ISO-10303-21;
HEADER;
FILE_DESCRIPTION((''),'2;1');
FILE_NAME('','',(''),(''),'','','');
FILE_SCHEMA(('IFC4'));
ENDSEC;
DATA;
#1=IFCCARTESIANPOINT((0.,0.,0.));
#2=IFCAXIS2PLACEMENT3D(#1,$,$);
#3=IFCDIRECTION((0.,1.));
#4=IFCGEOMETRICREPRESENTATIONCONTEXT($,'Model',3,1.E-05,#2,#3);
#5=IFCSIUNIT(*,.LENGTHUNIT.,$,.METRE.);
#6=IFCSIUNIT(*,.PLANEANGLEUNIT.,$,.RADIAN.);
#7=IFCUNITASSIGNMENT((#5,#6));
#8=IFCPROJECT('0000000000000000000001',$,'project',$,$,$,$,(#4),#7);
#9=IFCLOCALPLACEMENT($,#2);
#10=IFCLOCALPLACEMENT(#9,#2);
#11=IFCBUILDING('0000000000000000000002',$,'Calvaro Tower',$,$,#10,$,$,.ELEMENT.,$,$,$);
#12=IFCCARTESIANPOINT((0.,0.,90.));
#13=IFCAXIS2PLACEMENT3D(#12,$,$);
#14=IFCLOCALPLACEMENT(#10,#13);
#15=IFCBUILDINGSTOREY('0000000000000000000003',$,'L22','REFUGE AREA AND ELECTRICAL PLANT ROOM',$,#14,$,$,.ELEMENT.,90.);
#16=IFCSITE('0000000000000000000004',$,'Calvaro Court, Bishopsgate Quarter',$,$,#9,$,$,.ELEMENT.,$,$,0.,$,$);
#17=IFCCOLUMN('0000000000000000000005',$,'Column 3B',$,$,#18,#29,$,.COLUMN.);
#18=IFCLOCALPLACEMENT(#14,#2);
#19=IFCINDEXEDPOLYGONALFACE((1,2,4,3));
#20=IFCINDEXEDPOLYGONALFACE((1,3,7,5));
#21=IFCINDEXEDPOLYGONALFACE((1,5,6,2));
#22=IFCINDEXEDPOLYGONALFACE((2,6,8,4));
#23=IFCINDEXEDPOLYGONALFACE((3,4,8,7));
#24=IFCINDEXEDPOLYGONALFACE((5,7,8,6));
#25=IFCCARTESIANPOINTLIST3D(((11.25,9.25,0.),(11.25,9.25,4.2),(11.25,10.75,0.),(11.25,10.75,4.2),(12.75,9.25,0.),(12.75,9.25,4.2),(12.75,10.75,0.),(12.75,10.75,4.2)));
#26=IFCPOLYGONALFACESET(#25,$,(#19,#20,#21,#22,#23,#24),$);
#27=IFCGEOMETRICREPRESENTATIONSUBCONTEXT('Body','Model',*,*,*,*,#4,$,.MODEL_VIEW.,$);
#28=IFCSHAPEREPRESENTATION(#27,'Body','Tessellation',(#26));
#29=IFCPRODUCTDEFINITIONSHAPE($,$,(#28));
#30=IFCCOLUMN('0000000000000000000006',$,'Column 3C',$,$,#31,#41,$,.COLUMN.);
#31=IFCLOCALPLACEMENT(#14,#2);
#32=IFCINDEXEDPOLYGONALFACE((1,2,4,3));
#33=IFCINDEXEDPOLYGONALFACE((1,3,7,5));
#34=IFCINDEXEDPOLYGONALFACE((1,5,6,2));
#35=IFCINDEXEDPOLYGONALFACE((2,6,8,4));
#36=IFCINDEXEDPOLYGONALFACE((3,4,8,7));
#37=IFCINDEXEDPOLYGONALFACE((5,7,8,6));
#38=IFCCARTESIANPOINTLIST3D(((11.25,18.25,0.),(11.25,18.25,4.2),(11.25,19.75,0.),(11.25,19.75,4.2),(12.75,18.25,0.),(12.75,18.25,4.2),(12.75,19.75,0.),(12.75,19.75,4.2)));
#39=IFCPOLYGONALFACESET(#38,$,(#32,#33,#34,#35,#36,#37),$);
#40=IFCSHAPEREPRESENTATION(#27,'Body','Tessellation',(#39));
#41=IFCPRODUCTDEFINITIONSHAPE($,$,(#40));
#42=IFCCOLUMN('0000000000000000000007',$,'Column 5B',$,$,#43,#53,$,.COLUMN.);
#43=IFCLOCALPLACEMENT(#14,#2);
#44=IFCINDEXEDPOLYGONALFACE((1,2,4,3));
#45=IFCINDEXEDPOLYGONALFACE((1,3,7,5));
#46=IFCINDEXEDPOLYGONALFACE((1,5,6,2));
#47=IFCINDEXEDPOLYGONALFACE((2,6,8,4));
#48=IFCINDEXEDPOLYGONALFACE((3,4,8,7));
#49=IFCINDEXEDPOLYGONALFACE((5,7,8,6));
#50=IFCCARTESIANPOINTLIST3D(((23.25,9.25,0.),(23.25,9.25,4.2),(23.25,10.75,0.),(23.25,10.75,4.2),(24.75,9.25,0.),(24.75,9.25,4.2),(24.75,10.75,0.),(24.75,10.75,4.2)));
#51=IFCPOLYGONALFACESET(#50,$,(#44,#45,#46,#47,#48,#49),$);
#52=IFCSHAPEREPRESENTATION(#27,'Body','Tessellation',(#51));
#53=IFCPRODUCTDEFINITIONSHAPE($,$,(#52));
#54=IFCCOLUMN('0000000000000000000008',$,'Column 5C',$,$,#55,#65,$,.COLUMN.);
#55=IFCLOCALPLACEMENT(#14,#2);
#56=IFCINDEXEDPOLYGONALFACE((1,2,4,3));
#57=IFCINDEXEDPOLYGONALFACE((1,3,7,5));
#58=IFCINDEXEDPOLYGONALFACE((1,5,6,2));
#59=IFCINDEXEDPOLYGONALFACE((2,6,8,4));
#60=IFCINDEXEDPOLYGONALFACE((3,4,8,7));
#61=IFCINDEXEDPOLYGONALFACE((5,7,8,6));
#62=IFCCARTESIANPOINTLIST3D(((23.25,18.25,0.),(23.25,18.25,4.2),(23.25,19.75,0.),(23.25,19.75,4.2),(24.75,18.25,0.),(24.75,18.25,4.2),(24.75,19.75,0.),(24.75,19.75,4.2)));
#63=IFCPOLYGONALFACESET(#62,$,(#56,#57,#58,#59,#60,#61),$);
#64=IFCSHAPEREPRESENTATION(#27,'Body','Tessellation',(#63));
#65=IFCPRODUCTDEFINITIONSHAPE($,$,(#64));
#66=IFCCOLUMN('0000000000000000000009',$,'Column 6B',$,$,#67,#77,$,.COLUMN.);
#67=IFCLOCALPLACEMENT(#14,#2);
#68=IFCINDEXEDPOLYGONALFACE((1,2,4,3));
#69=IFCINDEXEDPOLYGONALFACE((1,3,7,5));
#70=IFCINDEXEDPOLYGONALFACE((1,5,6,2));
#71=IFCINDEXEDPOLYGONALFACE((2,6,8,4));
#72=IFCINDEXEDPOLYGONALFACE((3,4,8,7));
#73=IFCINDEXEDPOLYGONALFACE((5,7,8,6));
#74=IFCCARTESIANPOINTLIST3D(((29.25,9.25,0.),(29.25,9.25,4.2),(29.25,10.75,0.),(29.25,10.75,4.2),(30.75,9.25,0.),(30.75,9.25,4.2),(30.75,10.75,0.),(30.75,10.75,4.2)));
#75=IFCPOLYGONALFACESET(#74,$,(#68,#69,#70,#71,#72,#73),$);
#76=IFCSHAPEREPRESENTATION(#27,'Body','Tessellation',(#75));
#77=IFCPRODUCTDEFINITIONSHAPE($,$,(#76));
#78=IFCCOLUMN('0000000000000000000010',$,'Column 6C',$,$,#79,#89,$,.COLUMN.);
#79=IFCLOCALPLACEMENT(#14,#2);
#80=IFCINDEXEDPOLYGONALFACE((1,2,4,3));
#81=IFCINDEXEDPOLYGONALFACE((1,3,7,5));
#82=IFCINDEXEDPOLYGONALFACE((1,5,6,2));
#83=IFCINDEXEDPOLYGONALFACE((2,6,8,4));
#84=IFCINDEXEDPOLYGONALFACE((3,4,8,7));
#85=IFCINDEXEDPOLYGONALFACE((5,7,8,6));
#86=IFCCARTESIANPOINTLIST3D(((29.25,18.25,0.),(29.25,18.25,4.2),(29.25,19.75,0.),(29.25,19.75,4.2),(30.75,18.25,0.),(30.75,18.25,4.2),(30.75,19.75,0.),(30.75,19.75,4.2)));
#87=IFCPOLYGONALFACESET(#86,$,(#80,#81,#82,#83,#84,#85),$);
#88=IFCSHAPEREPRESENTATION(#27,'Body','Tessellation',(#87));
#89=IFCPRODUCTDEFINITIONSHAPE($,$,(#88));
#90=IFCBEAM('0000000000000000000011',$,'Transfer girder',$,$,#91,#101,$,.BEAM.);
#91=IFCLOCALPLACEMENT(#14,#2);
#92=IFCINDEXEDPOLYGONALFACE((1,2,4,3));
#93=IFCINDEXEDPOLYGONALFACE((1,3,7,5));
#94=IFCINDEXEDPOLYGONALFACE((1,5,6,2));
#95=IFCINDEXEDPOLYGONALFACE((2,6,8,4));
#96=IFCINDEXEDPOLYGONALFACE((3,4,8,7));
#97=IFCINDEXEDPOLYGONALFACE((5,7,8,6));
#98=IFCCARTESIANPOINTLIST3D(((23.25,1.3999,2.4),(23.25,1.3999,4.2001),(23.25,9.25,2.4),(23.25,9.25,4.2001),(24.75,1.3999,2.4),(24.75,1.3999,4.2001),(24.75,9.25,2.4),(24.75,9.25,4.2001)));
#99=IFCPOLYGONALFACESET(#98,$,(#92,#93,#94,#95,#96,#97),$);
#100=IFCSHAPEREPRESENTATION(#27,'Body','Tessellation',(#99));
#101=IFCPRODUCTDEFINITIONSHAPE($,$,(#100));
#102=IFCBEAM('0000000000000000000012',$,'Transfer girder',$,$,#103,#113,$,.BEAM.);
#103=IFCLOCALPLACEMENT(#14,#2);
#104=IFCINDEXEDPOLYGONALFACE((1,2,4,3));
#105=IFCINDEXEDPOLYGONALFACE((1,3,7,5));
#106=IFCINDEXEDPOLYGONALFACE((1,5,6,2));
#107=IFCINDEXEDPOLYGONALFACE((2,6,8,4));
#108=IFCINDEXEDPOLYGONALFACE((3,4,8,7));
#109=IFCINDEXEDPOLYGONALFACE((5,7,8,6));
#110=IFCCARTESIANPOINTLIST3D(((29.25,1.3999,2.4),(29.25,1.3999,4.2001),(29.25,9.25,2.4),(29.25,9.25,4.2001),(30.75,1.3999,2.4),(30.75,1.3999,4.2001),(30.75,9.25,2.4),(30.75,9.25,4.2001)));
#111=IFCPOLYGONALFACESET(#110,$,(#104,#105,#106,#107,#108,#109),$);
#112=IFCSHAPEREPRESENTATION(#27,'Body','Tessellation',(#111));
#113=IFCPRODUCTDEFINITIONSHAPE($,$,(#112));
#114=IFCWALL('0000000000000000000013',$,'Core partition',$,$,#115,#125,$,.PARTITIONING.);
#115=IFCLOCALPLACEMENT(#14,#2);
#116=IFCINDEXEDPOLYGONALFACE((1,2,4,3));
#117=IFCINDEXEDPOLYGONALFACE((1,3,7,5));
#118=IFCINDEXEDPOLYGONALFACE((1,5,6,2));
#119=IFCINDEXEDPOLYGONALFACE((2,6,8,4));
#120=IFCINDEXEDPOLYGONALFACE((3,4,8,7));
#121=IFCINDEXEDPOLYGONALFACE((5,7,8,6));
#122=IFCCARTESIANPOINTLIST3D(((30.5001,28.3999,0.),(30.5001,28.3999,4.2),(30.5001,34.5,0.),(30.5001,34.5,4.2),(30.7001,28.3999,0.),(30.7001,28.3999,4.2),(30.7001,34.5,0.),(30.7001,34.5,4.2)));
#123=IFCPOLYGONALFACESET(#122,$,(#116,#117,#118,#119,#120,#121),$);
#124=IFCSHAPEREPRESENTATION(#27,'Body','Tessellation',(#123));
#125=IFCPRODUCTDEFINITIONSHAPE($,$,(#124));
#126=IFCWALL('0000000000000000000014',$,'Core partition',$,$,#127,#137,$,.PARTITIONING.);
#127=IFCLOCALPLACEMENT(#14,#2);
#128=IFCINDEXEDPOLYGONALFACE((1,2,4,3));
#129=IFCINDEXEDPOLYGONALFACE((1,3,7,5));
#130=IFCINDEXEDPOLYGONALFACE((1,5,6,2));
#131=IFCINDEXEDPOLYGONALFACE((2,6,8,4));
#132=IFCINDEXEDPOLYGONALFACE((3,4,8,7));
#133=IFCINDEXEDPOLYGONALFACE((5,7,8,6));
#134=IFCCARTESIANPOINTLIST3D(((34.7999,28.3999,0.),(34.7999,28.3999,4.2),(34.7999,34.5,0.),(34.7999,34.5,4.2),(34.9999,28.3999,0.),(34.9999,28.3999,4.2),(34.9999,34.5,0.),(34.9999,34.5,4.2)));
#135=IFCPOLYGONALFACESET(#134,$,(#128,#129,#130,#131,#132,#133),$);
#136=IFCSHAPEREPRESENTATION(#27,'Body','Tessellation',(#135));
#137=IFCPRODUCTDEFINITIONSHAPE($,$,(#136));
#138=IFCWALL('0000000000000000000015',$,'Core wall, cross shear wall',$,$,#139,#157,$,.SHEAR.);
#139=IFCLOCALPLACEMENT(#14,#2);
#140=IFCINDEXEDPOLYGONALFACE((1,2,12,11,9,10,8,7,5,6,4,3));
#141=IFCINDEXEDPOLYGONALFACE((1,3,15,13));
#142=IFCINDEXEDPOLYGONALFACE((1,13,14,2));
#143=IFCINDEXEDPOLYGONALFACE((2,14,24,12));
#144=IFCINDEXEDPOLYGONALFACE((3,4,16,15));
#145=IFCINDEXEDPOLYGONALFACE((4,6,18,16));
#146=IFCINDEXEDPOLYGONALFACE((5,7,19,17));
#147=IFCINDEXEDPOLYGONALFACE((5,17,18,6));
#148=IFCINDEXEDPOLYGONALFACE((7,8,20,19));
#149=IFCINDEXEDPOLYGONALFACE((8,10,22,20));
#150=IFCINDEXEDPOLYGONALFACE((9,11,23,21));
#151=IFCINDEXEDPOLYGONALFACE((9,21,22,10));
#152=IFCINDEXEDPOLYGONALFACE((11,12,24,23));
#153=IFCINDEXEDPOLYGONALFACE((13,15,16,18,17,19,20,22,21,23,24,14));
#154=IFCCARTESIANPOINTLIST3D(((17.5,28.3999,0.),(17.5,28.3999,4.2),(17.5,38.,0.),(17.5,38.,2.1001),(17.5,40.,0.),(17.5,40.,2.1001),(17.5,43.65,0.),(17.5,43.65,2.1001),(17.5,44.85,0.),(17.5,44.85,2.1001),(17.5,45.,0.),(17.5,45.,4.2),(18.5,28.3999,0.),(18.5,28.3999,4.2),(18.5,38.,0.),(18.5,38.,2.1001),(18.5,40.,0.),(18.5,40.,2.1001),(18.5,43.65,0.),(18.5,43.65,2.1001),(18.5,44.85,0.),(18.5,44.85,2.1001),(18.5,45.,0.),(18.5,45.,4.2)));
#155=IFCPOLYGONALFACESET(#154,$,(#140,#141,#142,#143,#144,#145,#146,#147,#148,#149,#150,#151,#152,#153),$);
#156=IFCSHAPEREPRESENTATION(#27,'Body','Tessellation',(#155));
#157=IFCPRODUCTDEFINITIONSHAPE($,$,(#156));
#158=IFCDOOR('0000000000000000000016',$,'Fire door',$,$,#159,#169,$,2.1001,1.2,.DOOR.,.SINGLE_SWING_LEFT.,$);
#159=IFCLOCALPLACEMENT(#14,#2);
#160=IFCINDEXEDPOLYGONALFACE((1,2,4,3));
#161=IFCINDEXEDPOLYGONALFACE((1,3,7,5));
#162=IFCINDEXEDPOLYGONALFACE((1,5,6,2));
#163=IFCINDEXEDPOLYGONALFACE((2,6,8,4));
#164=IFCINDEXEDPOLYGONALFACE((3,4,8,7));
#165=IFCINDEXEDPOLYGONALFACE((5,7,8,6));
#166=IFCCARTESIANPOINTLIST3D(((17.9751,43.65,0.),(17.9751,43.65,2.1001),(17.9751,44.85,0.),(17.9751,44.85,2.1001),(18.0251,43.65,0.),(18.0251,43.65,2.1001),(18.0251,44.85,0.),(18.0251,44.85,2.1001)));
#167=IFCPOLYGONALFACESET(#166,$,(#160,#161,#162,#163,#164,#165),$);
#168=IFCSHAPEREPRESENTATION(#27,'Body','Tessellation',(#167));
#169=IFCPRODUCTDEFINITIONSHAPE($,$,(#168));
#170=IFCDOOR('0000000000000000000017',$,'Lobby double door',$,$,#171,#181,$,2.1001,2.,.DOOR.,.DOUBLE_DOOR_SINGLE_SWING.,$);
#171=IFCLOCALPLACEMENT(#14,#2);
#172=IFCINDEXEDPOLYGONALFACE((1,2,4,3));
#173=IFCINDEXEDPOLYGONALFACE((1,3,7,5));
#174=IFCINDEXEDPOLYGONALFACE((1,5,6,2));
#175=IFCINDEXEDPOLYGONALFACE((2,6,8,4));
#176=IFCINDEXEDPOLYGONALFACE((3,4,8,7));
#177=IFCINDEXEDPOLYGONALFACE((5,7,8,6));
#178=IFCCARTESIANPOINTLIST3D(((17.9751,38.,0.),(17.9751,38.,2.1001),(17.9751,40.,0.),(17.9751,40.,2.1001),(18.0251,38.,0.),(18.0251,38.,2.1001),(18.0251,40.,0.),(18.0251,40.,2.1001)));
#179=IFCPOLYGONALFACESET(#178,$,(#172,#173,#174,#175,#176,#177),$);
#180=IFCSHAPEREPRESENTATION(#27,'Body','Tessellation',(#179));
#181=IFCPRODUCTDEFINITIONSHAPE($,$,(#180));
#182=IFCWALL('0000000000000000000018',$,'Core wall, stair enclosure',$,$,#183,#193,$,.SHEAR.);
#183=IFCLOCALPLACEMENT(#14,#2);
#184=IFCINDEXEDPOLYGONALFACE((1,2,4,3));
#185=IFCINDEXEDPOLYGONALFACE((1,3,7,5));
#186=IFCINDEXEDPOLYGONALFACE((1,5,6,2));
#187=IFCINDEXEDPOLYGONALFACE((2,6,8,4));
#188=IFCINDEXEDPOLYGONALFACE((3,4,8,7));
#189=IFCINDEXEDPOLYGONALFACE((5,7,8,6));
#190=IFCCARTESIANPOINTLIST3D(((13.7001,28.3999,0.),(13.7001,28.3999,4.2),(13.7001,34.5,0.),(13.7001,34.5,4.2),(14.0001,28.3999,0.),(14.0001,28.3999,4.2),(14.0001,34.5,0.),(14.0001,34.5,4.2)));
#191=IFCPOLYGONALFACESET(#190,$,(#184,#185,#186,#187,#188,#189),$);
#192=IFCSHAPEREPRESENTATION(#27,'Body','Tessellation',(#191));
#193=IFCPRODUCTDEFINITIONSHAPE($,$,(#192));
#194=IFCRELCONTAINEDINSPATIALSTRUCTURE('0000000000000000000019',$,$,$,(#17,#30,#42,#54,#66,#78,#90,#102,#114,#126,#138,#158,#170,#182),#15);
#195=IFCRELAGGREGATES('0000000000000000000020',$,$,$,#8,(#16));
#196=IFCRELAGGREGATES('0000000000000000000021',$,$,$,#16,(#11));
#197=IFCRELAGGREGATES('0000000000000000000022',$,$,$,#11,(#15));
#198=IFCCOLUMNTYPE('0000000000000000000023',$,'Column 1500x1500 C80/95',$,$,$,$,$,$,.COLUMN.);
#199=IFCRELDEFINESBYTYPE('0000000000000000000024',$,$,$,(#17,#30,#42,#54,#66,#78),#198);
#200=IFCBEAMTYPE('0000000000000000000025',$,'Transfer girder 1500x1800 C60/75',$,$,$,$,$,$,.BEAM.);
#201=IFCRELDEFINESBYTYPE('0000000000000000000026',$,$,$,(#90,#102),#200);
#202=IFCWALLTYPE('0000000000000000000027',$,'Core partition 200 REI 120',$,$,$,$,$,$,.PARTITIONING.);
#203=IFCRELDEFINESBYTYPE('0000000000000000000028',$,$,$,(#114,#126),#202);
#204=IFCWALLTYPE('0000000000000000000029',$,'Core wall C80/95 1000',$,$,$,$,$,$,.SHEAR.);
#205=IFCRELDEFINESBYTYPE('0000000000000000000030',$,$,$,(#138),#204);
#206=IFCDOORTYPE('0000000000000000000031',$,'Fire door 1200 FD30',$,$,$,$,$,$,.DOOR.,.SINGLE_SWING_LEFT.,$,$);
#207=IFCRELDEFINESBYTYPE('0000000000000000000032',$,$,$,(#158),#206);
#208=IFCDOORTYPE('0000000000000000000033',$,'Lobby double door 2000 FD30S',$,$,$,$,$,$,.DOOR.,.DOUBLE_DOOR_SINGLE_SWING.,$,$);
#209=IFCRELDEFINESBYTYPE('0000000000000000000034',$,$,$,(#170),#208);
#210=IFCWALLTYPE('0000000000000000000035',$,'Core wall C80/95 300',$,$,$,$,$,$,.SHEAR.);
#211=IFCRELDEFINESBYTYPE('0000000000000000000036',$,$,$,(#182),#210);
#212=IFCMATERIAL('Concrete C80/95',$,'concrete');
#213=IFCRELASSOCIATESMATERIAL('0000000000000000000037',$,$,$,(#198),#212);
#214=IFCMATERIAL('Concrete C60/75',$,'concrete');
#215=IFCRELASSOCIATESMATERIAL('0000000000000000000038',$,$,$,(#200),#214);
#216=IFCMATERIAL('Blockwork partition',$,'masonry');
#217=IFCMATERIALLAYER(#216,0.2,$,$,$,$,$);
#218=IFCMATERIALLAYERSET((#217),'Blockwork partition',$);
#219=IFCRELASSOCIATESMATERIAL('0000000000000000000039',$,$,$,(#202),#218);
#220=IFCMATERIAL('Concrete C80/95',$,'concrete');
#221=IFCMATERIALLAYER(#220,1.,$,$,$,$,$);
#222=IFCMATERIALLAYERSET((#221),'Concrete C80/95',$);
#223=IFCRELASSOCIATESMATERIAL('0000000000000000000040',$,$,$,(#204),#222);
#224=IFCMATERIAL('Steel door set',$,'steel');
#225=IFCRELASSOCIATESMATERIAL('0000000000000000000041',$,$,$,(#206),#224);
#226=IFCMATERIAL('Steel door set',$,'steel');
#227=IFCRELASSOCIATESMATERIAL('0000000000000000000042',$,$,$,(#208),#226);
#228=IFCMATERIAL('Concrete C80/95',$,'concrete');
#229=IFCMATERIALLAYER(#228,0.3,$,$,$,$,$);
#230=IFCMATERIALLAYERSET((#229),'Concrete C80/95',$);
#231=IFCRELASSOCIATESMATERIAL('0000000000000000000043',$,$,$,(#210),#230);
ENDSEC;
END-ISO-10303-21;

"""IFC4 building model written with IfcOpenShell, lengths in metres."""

from ifc_helpers import new_model, si_unit, direction, frame, frame_2d, origin, origin_2d, place, context, subcontext, project, spatial, rectangle, extrude, material, layer, layer_set, material_profile, profile_set, type_object, element, fill, save


model = new_model("IFC4")

# Units and contexts
model_context = context("Model", 3, precision=1e-05, world=origin(), true_north=direction((0.0, 1.0)))
body_context = subcontext(model_context, "Body", "Model", "MODEL_VIEW")
ifc_project = project(units=[si_unit("LENGTHUNIT", "METRE"), si_unit("PLANEANGLEUNIT", "RADIAN")], contexts=[model_context])

# Site, building, storey
site_placement = place(None, origin())
site = spatial("IfcSite", under=ifc_project, at=site_placement, Name="Calvaro Court, Bishopsgate Quarter", CompositionType="ELEMENT", RefElevation=0.0)
building_placement = place(site_placement, origin())
building = spatial("IfcBuilding", under=site, at=building_placement, Name="Calvaro Tower", CompositionType="ELEMENT")
storey_placement = place(building_placement, frame((0.0, 0.0, 90.0)))
storey = spatial("IfcBuildingStorey", under=building, at=storey_placement, Name="L22", Description="REFUGE AREA AND ELECTRICAL PLANT ROOM", CompositionType="ELEMENT", Elevation=90.0)

# Columns
ifc_material_1 = material(Name="Concrete C80/95", Category="concrete")
ifc_material_profile_1 = material_profile(ifc_material_1, rectangle(XDim=1.5, YDim=1.5, at=origin_2d()), Name="RC 1500x1500")
ifc_profile_set_1 = profile_set([ifc_material_profile_1], Name="Concrete C80/95")
column_type = type_object("IfcColumnType", Name="Column 1500x1500 C80/95", PredefinedType="COLUMN", material=ifc_profile_set_1)
for number, where, z_axis, x_axis, name in (
    (1, (12.0, 10.0, 0.0), (0.0, 0.0, 1.0), (1.0, 0.0, 0.0), "Column 3B"),
    (2, (12.0, 19.0, 0.0), (0.0, 0.0, 1.0), (1.0, 0.0, 0.0), "Column 3C"),
    (3, (24.0, 10.0, 0.0), (0.0, 0.0, 1.0), (1.0, 0.0, 0.0), "Column 5B"),
    (4, (24.0, 19.0, 0.0), (0.0, 0.0, 1.0), (1.0, 0.0, 0.0), "Column 5C"),
    (5, (30.0, 10.0, 0.0), (0.0, 0.0, 1.0), (1.0, 0.0, 0.0), "Column 6B"),
    (6, (30.0, 19.0, 0.0), (0.0, 0.0, 1.0), (1.0, 0.0, 0.0), "Column 6C"),
):
    element("IfcColumn", number, at=place(storey_placement, frame(where, z_axis=z_axis, x_axis=x_axis)), inside=storey, type_object=column_type, Name=name, PredefinedType="COLUMN", context=body_context, shape_type="SweptSolid", body=[
        extrude(rectangle(XDim=1.5, YDim=1.5, at=origin_2d()), origin(), (0.0, 0.0, 1.0), 4.2),
    ])

# Beams
ifc_material_2 = material(Name="Concrete C60/75", Category="concrete")
ifc_material_profile_2 = material_profile(ifc_material_2, rectangle(XDim=1.5, YDim=1.8, at=origin_2d()), Name="RC 1500x1800")
ifc_profile_set_2 = profile_set([ifc_material_profile_2], Name="Concrete C60/75")
beam_type = type_object("IfcBeamType", Name="Transfer girder 1500x1800 C60/75", PredefinedType="BEAM", material=ifc_profile_set_2)
for number, where, z_axis, x_axis, name in (
    (7, (24.0, 1.3999, 3.3), (0.0, 1.0, 0.0), (-1.0, 0.0, 0.0), "Transfer girder"),
    (8, (30.0, 1.3999, 3.3), (0.0, 1.0, 0.0), (-1.0, 0.0, 0.0), "Transfer girder"),
):
    element("IfcBeam", number, at=place(storey_placement, frame(where, z_axis=z_axis, x_axis=x_axis)), inside=storey, type_object=beam_type, Name=name, PredefinedType="BEAM", context=body_context, shape_type="SweptSolid", body=[
        extrude(rectangle(XDim=1.5, YDim=1.8, at=origin_2d()), origin(), (0.0, 0.0, 1.0), 7.8501),
    ])

# Walls
ifc_material_3 = material(Name="Blockwork partition", Category="masonry")
ifc_layer_1 = layer(ifc_material_3, 0.2)
ifc_layer_set_1 = layer_set([ifc_layer_1], Name="Blockwork partition")
wall_type_1 = type_object("IfcWallType", Name="Core partition 200 REI 120", PredefinedType="PARTITIONING", material=ifc_layer_set_1)
for number, where, z_axis, x_axis, name in (
    (9, (30.6001, 28.3999, 0.0), (0.0, 0.0, 1.0), (0.0, 1.0, 0.0), "Core partition"),
    (10, (34.8999, 28.3999, 0.0), (0.0, 0.0, 1.0), (0.0, 1.0, 0.0), "Core partition"),
):
    element("IfcWall", number, at=place(storey_placement, frame(where, z_axis=z_axis, x_axis=x_axis)), inside=storey, type_object=wall_type_1, Name=name, PredefinedType="PARTITIONING", context=body_context, shape_type="SweptSolid", body=[
        extrude(rectangle(XDim=6.1001, YDim=0.2, at=frame_2d((3.05, 0.0))), origin(), (0.0, 0.0, 1.0), 4.2),
    ])

# Wall, openings, doors
ifc_material_4 = material(Name="Concrete C80/95", Category="concrete")
ifc_layer_2 = layer(ifc_material_4, 1.0)
ifc_layer_set_2 = layer_set([ifc_layer_2], Name="Concrete C80/95")
wall_type_2 = type_object("IfcWallType", Name="Core wall C80/95 1000", PredefinedType="SHEAR", material=ifc_layer_set_2)
wall_1_placement = place(storey_placement, frame((18.0, 28.3999, 0.0), z_axis=(0.0, 0.0, 1.0), x_axis=(0.0, 1.0, 0.0)))
wall_1 = element("IfcWall", 11, at=wall_1_placement, inside=storey, type_object=wall_type_2, Name="Core wall, cross shear wall", PredefinedType="SHEAR", context=body_context, shape_type="SweptSolid", body=[
    extrude(rectangle(XDim=16.6001, YDim=1.0, at=frame_2d((8.3, 0.0))), origin(), (0.0, 0.0, 1.0), 4.2),
])
opening_1_placement = place(wall_1_placement, frame((9.6001, 0.0, 0.0)))
opening_1 = element("IfcOpeningElement", 12, at=opening_1_placement, cuts=wall_1, PredefinedType="OPENING", context=body_context, shape_type="SweptSolid", body=[
    extrude(rectangle(XDim=2.0, YDim=2.1001, at=frame_2d((1.0, 1.05))), frame((0.0, 0.51, 0.0), z_axis=(0.0, -1.0, 0.0), x_axis=(1.0, 0.0, 0.0)), (0.0, 0.0, 1.0), 1.02),
])
opening_2_placement = place(wall_1_placement, frame((15.25, 0.0, 0.0)))
opening_2 = element("IfcOpeningElement", 13, at=opening_2_placement, cuts=wall_1, PredefinedType="OPENING", context=body_context, shape_type="SweptSolid", body=[
    extrude(rectangle(XDim=1.2, YDim=2.1001, at=frame_2d((0.6001, 1.05))), frame((0.0, 0.51, 0.0), z_axis=(0.0, -1.0, 0.0), x_axis=(1.0, 0.0, 0.0)), (0.0, 0.0, 1.0), 1.02),
])
ifc_material_5 = material(Name="Steel door set", Category="steel")
door_type_1 = type_object("IfcDoorType", Name="Fire door 1200 FD30", OperationType="SINGLE_SWING_LEFT", PredefinedType="DOOR", material=ifc_material_5)
door_1_placement = place(opening_2_placement, origin())
door_1 = element("IfcDoor", 14, at=door_1_placement, inside=storey, type_object=door_type_1, Name="Fire door", OperationType="SINGLE_SWING_LEFT", OverallHeight=2.1001, OverallWidth=1.2, PredefinedType="DOOR", context=body_context, shape_type="SweptSolid", body=[
    extrude(rectangle(XDim=1.2, YDim=2.1001, at=frame_2d((0.6001, 1.05))), frame((0.0, 0.0249, 0.0), z_axis=(0.0, -1.0, 0.0), x_axis=(1.0, 0.0, 0.0)), (0.0, 0.0, 1.0), 0.05),
])
fill(opening_2, door_1)
ifc_material_6 = material(Name="Steel door set", Category="steel")
door_type_2 = type_object("IfcDoorType", Name="Lobby double door 2000 FD30S", OperationType="DOUBLE_DOOR_SINGLE_SWING", PredefinedType="DOOR", material=ifc_material_6)
door_2_placement = place(opening_1_placement, origin())
door_2 = element("IfcDoor", 15, at=door_2_placement, inside=storey, type_object=door_type_2, Name="Lobby double door", OperationType="DOUBLE_DOOR_SINGLE_SWING", OverallHeight=2.1001, OverallWidth=2.0, PredefinedType="DOOR", context=body_context, shape_type="SweptSolid", body=[
    extrude(rectangle(XDim=2.0, YDim=2.1001, at=frame_2d((1.0, 1.05))), frame((0.0, 0.0249, 0.0), z_axis=(0.0, -1.0, 0.0), x_axis=(1.0, 0.0, 0.0)), (0.0, 0.0, 1.0), 0.05),
])
fill(opening_1, door_2)

# Wall
ifc_material_7 = material(Name="Concrete C80/95", Category="concrete")
ifc_layer_3 = layer(ifc_material_7, 0.3)
ifc_layer_set_3 = layer_set([ifc_layer_3], Name="Concrete C80/95")
wall_type_3 = type_object("IfcWallType", Name="Core wall C80/95 300", PredefinedType="SHEAR", material=ifc_layer_set_3)
wall_2_placement = place(storey_placement, frame((13.8501, 28.3999, 0.0), z_axis=(0.0, 0.0, 1.0), x_axis=(0.0, 1.0, 0.0)))
element("IfcWall", 16, at=wall_2_placement, inside=storey, type_object=wall_type_3, Name="Core wall, stair enclosure", PredefinedType="SHEAR", context=body_context, shape_type="SweptSolid", body=[
    extrude(rectangle(XDim=6.1001, YDim=0.3, at=frame_2d((3.05, 0.0))), origin(), (0.0, 0.0, 1.0), 4.2),
])

save(model, "model.ifc")
